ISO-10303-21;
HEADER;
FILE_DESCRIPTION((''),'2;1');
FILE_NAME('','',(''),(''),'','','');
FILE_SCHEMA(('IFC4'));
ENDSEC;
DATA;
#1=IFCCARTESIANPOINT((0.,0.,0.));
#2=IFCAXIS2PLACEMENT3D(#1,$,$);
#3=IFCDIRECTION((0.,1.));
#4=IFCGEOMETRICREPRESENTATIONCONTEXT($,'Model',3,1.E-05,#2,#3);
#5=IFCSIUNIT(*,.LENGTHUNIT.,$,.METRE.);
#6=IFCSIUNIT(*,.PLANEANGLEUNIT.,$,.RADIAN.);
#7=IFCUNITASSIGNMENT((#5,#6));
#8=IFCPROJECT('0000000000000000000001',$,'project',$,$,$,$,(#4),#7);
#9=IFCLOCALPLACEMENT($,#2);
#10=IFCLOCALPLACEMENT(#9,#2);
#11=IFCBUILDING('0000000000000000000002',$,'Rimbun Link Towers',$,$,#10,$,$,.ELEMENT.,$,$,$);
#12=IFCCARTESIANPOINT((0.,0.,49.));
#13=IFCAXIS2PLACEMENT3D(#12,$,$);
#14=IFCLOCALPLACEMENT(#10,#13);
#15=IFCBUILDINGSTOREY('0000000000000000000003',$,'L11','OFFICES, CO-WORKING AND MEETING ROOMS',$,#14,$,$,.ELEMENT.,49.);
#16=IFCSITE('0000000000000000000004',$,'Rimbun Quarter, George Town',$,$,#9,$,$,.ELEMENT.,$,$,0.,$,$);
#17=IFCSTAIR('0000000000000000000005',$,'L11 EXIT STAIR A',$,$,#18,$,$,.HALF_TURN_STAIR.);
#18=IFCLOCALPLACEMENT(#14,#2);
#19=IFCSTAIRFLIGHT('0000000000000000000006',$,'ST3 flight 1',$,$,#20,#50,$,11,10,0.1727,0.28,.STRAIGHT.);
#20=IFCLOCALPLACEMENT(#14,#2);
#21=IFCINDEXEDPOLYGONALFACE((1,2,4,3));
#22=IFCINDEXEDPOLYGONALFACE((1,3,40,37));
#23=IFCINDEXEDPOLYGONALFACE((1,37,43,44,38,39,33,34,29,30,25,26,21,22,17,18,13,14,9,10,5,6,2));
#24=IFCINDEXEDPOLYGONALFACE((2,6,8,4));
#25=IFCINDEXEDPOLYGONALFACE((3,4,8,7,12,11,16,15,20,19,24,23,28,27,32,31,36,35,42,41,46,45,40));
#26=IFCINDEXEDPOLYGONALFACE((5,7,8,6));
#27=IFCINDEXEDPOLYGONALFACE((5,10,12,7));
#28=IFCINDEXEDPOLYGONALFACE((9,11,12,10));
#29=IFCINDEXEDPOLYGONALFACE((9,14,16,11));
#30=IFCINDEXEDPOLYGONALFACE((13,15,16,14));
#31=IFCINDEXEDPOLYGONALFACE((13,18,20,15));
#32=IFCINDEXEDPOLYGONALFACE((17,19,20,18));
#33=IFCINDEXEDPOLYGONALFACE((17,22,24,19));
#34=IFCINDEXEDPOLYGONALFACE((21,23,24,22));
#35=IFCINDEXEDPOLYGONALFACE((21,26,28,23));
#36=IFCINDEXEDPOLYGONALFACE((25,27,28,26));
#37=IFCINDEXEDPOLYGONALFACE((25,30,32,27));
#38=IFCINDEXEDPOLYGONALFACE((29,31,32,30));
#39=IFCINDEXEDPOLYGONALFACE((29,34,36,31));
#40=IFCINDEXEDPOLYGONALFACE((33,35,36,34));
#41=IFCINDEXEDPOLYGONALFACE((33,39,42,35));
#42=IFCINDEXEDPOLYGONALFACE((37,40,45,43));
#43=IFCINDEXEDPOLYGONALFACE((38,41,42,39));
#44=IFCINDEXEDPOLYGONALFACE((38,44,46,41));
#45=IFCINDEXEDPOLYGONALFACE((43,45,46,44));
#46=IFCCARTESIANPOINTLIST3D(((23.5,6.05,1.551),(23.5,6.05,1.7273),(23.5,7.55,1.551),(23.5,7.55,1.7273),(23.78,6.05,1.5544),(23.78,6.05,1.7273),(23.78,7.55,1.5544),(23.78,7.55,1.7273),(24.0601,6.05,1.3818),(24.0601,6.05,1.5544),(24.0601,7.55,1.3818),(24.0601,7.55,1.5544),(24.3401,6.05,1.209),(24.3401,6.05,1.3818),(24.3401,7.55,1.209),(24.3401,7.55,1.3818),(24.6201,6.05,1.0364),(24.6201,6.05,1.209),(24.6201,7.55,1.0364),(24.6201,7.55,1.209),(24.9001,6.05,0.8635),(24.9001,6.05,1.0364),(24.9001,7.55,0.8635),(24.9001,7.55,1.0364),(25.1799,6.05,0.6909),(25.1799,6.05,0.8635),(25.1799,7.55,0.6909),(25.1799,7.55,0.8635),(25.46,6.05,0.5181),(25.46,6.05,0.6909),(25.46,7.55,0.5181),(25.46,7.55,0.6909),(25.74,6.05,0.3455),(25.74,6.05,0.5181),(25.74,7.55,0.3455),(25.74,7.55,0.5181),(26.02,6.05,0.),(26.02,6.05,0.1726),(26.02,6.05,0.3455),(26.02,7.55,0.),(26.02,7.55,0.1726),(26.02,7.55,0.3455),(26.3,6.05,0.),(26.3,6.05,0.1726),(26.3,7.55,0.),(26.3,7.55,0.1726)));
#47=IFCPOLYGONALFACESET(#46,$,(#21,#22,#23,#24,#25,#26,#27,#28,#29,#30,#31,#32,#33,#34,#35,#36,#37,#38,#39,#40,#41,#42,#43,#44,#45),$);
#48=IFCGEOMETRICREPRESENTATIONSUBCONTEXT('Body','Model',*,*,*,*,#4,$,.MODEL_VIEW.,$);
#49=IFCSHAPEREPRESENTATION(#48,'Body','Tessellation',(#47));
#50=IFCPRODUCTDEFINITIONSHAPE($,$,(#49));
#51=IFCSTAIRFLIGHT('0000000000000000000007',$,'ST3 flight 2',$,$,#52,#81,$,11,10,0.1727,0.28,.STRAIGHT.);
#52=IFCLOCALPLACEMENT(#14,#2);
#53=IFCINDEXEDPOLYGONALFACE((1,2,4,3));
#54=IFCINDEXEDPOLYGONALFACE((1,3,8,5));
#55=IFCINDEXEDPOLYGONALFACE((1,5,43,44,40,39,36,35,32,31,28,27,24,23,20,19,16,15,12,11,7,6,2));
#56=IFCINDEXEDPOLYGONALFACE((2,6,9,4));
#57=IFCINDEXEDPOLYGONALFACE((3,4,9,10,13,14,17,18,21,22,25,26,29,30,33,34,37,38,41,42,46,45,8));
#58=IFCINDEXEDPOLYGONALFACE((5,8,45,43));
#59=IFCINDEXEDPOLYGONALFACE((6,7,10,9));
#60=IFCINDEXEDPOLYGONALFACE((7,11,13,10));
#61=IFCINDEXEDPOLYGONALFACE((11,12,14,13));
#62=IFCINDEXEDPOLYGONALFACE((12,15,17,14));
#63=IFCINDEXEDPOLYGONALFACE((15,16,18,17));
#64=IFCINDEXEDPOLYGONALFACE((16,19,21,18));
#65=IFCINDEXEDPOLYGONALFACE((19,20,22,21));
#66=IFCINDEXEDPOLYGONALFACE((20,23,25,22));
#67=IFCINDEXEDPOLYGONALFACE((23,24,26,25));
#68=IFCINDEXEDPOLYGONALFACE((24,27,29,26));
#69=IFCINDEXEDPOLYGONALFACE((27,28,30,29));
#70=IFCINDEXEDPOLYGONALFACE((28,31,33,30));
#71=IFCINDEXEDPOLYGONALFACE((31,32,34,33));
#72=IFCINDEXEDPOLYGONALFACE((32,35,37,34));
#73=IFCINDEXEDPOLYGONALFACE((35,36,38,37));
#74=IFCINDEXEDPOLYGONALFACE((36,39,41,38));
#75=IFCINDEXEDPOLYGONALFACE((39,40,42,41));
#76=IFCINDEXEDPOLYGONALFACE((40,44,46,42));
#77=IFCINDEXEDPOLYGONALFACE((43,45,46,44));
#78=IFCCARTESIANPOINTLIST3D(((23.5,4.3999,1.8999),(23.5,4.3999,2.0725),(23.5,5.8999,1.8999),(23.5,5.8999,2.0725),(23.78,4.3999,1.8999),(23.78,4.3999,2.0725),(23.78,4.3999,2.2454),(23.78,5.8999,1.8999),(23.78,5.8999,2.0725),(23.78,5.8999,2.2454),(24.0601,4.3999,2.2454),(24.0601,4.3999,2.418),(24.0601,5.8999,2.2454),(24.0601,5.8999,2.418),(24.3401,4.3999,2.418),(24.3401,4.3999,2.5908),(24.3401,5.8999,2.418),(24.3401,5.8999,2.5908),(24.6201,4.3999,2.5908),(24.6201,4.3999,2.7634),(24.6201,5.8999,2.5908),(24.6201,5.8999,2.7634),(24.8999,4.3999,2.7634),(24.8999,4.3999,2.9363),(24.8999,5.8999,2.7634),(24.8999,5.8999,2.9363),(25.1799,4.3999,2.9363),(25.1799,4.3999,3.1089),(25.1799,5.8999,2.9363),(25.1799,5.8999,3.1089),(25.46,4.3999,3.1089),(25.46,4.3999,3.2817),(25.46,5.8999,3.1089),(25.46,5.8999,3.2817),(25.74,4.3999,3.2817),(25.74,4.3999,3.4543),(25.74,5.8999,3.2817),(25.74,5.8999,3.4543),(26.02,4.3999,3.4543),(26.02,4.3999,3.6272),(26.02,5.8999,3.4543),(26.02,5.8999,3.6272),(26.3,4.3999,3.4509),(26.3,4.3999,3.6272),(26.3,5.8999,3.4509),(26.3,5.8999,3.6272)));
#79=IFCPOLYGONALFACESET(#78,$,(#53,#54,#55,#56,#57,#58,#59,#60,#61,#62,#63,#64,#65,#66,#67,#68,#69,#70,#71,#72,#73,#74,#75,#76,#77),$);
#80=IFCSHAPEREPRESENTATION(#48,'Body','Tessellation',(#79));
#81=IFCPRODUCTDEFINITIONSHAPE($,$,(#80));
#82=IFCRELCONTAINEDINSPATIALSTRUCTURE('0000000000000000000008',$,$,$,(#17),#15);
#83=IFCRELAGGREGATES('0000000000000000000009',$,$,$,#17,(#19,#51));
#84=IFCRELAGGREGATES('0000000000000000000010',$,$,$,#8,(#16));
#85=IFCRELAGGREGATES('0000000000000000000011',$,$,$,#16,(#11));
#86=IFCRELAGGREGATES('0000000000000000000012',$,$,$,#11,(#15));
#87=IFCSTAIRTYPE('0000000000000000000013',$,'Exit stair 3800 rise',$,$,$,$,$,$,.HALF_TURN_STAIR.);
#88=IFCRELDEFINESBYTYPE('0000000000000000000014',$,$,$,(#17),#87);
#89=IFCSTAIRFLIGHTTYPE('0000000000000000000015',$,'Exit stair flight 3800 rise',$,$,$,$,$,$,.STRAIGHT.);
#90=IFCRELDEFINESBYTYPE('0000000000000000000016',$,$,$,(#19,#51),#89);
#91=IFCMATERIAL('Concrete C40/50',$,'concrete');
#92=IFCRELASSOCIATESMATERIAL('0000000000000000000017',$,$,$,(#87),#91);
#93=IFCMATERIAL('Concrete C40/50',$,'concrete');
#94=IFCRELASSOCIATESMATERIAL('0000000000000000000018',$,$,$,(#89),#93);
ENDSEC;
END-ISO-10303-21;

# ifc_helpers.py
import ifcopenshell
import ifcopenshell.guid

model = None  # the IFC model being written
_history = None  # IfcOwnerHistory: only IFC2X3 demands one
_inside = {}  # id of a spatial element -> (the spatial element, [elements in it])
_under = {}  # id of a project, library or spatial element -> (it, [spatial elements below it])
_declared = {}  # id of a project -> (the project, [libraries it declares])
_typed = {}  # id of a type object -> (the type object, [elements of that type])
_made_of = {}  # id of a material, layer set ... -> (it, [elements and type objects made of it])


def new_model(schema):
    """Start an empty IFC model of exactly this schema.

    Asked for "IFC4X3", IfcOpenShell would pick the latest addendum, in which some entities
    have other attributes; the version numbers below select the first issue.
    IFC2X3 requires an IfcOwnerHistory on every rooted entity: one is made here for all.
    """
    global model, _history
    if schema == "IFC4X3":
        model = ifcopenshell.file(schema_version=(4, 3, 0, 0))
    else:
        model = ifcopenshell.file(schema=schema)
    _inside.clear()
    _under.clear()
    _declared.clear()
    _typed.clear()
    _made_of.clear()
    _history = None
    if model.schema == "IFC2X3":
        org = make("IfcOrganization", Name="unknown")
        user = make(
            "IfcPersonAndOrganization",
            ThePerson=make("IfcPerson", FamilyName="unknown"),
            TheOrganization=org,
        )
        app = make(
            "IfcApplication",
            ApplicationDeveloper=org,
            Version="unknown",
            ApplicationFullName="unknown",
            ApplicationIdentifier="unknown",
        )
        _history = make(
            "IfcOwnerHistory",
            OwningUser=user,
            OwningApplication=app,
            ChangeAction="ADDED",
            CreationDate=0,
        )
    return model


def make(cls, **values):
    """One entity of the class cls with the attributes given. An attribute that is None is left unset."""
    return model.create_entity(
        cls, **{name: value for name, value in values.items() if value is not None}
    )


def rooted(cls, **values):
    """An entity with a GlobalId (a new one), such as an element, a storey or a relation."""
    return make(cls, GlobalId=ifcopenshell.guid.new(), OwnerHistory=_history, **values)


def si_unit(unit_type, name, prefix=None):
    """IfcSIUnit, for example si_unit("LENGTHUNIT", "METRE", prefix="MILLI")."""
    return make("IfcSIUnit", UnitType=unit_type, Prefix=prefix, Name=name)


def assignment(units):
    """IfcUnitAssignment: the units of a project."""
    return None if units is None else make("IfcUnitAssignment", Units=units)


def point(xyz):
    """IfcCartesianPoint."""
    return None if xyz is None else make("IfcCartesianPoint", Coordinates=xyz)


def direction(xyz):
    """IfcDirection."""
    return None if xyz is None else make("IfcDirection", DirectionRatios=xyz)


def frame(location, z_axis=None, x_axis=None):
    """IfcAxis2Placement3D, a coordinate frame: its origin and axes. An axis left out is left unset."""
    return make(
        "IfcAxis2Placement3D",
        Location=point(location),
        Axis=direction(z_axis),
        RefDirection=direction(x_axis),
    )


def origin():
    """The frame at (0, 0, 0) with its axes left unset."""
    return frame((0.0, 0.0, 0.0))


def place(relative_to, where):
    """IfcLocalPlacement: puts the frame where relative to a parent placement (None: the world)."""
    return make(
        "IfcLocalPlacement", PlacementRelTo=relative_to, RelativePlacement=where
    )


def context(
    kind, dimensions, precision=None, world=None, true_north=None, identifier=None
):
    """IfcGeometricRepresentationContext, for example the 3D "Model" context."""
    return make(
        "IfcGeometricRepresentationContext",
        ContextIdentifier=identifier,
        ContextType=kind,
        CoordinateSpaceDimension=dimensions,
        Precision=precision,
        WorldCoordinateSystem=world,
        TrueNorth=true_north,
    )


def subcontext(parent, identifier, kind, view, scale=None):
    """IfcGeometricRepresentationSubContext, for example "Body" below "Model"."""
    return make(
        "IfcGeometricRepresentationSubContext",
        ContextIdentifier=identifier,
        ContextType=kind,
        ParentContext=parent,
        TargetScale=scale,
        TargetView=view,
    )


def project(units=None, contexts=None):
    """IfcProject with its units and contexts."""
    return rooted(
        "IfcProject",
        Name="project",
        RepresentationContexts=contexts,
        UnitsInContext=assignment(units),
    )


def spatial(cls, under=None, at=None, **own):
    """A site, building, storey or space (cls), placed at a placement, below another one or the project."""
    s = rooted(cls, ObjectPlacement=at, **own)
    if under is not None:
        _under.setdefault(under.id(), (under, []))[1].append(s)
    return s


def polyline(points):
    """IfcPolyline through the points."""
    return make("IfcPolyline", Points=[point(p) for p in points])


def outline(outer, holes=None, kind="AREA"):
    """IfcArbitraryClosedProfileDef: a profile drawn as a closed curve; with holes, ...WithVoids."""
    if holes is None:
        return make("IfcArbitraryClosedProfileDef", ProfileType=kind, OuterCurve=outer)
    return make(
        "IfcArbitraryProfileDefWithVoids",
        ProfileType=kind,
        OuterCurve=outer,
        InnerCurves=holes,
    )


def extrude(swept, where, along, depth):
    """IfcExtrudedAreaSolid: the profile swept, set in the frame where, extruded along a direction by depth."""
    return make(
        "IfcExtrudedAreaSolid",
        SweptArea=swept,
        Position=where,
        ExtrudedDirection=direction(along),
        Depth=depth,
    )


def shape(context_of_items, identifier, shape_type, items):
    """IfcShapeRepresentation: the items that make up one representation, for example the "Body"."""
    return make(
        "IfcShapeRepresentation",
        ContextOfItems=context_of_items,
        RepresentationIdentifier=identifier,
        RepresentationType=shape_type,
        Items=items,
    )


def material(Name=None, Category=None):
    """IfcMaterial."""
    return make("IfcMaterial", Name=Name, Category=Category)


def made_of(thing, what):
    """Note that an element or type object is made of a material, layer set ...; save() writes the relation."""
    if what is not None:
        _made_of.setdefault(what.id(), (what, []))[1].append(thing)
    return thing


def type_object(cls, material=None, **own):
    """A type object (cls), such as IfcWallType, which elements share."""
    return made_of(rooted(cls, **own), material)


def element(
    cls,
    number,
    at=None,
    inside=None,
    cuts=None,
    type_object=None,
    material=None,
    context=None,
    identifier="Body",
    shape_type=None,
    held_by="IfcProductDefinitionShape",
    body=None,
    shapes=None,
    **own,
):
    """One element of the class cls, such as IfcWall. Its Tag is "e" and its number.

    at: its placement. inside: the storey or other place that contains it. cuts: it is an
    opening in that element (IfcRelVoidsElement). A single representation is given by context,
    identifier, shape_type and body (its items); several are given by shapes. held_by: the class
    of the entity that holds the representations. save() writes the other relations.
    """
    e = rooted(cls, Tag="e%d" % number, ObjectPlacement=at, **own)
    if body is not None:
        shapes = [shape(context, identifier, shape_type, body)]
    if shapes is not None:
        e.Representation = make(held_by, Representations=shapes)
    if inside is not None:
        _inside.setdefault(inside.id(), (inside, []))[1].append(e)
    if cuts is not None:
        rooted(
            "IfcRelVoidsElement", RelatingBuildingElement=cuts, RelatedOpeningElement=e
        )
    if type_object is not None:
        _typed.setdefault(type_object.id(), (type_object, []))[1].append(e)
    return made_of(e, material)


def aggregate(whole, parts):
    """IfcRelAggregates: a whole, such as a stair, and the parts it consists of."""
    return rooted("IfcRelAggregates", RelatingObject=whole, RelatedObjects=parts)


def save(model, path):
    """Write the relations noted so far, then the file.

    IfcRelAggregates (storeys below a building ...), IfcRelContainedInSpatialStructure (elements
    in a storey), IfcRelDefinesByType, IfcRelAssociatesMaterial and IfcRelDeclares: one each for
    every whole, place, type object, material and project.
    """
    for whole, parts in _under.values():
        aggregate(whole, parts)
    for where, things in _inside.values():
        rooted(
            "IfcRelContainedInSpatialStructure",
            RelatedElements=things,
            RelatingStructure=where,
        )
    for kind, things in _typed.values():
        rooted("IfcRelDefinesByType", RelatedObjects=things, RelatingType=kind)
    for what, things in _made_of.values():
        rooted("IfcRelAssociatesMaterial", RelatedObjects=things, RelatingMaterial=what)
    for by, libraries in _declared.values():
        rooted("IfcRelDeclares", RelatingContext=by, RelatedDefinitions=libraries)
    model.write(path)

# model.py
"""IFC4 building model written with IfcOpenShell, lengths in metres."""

from ifc_helpers import new_model, si_unit, direction, frame, origin, place, context, subcontext, project, spatial, polyline, outline, extrude, material, type_object, element, aggregate, save


model = new_model("IFC4")

# Units and contexts
model_context = context("Model", 3, precision=1e-05, world=origin(), true_north=direction((0.0, 1.0)))
body_context = subcontext(model_context, "Body", "Model", "MODEL_VIEW")
ifc_project = project(units=[si_unit("LENGTHUNIT", "METRE"), si_unit("PLANEANGLEUNIT", "RADIAN")], contexts=[model_context])

# Site, building, storey
site_placement = place(None, origin())
site = spatial("IfcSite", under=ifc_project, at=site_placement, Name="Rimbun Quarter, George Town", CompositionType="ELEMENT", RefElevation=0.0)
building_placement = place(site_placement, origin())
building = spatial("IfcBuilding", under=site, at=building_placement, Name="Rimbun Link Towers", CompositionType="ELEMENT")
storey_placement = place(building_placement, frame((0.0, 0.0, 49.0)))
storey = spatial("IfcBuildingStorey", under=building, at=storey_placement, Name="L11", Description="OFFICES, CO-WORKING AND MEETING ROOMS", CompositionType="ELEMENT", Elevation=49.0)

# Stair, stair flights
ifc_material_1 = material(Name="Concrete C40/50", Category="concrete")
stair_type = type_object("IfcStairType", Name="Exit stair 3800 rise", PredefinedType="HALF_TURN_STAIR", material=ifc_material_1)
stair_placement = place(storey_placement, origin())
stair = element("IfcStair", 1, at=stair_placement, inside=storey, type_object=stair_type, Name="L11 EXIT STAIR A", PredefinedType="HALF_TURN_STAIR")
ifc_material_2 = material(Name="Concrete C40/50", Category="concrete")
stair_flight_type = type_object("IfcStairFlightType", Name="Exit stair flight 3800 rise", PredefinedType="STRAIGHT", material=ifc_material_2)
stair_flight_1_placement = place(storey_placement, frame((26.3, 6.8, 0.0), z_axis=(0.0, 0.0, 1.0), x_axis=(-1.0, 0.0, 0.0)))
stair_flight_1 = element("IfcStairFlight", 2, at=stair_flight_1_placement, type_object=stair_flight_type, Name="ST3 flight 1", NumberOfRisers=11, NumberOfTreads=10, PredefinedType="STRAIGHT", RiserHeight=0.1727, TreadLength=0.28, context=body_context, shape_type="SweptSolid", body=[
    extrude(outline(polyline([(0.0, 0.0), (0.0, 0.1726), (0.28, 0.1726), (0.28, 0.3455), (0.5601, 0.3455), (0.5601, 0.5181), (0.8401, 0.5181), (0.8401, 0.6909), (1.1201, 0.6909), (1.1201, 0.8635), (1.3999, 0.8635), (1.3999, 1.0364), (1.6799, 1.0364), (1.6799, 1.209), (1.96, 1.209), (1.96, 1.3818), (2.24, 1.3818), (2.24, 1.5544), (2.52, 1.5544), (2.52, 1.7273), (2.8, 1.7273), (2.8, 1.8999), (2.8, 1.551), (0.28, 0.0), (0.0, 0.0)])), frame((0.0, 0.75, 0.0), z_axis=(0.0, -1.0, 0.0), x_axis=(1.0, 0.0, 0.0)), (0.0, 0.0, 1.0), 1.5),
])
stair_flight_2_placement = place(storey_placement, frame((23.5, 5.1499, 1.8999), z_axis=(0.0, 0.0, 1.0), x_axis=(1.0, 0.0, 0.0)))
stair_flight_2 = element("IfcStairFlight", 3, at=stair_flight_2_placement, type_object=stair_flight_type, Name="ST3 flight 2", NumberOfRisers=11, NumberOfTreads=10, PredefinedType="STRAIGHT", RiserHeight=0.1727, TreadLength=0.28, context=body_context, shape_type="SweptSolid", body=[
    extrude(outline(polyline([(0.0, 0.0), (0.0, 0.1726), (0.28, 0.1726), (0.28, 0.3455), (0.5601, 0.3455), (0.5601, 0.5181), (0.8401, 0.5181), (0.8401, 0.6909), (1.1201, 0.6909), (1.1201, 0.8635), (1.3999, 0.8635), (1.3999, 1.0364), (1.6799, 1.0364), (1.6799, 1.209), (1.96, 1.209), (1.96, 1.3818), (2.24, 1.3818), (2.24, 1.5544), (2.52, 1.5544), (2.52, 1.7273), (2.8, 1.7273), (2.8, 1.8999), (2.8, 1.551), (0.28, 0.0), (0.0, 0.0)])), frame((0.0, 0.75, 0.0), z_axis=(0.0, -1.0, 0.0), x_axis=(1.0, 0.0, 0.0)), (0.0, 0.0, 1.0), 1.5),
])
aggregate(stair, [stair_flight_1, stair_flight_2])

save(model, "model.ifc")
